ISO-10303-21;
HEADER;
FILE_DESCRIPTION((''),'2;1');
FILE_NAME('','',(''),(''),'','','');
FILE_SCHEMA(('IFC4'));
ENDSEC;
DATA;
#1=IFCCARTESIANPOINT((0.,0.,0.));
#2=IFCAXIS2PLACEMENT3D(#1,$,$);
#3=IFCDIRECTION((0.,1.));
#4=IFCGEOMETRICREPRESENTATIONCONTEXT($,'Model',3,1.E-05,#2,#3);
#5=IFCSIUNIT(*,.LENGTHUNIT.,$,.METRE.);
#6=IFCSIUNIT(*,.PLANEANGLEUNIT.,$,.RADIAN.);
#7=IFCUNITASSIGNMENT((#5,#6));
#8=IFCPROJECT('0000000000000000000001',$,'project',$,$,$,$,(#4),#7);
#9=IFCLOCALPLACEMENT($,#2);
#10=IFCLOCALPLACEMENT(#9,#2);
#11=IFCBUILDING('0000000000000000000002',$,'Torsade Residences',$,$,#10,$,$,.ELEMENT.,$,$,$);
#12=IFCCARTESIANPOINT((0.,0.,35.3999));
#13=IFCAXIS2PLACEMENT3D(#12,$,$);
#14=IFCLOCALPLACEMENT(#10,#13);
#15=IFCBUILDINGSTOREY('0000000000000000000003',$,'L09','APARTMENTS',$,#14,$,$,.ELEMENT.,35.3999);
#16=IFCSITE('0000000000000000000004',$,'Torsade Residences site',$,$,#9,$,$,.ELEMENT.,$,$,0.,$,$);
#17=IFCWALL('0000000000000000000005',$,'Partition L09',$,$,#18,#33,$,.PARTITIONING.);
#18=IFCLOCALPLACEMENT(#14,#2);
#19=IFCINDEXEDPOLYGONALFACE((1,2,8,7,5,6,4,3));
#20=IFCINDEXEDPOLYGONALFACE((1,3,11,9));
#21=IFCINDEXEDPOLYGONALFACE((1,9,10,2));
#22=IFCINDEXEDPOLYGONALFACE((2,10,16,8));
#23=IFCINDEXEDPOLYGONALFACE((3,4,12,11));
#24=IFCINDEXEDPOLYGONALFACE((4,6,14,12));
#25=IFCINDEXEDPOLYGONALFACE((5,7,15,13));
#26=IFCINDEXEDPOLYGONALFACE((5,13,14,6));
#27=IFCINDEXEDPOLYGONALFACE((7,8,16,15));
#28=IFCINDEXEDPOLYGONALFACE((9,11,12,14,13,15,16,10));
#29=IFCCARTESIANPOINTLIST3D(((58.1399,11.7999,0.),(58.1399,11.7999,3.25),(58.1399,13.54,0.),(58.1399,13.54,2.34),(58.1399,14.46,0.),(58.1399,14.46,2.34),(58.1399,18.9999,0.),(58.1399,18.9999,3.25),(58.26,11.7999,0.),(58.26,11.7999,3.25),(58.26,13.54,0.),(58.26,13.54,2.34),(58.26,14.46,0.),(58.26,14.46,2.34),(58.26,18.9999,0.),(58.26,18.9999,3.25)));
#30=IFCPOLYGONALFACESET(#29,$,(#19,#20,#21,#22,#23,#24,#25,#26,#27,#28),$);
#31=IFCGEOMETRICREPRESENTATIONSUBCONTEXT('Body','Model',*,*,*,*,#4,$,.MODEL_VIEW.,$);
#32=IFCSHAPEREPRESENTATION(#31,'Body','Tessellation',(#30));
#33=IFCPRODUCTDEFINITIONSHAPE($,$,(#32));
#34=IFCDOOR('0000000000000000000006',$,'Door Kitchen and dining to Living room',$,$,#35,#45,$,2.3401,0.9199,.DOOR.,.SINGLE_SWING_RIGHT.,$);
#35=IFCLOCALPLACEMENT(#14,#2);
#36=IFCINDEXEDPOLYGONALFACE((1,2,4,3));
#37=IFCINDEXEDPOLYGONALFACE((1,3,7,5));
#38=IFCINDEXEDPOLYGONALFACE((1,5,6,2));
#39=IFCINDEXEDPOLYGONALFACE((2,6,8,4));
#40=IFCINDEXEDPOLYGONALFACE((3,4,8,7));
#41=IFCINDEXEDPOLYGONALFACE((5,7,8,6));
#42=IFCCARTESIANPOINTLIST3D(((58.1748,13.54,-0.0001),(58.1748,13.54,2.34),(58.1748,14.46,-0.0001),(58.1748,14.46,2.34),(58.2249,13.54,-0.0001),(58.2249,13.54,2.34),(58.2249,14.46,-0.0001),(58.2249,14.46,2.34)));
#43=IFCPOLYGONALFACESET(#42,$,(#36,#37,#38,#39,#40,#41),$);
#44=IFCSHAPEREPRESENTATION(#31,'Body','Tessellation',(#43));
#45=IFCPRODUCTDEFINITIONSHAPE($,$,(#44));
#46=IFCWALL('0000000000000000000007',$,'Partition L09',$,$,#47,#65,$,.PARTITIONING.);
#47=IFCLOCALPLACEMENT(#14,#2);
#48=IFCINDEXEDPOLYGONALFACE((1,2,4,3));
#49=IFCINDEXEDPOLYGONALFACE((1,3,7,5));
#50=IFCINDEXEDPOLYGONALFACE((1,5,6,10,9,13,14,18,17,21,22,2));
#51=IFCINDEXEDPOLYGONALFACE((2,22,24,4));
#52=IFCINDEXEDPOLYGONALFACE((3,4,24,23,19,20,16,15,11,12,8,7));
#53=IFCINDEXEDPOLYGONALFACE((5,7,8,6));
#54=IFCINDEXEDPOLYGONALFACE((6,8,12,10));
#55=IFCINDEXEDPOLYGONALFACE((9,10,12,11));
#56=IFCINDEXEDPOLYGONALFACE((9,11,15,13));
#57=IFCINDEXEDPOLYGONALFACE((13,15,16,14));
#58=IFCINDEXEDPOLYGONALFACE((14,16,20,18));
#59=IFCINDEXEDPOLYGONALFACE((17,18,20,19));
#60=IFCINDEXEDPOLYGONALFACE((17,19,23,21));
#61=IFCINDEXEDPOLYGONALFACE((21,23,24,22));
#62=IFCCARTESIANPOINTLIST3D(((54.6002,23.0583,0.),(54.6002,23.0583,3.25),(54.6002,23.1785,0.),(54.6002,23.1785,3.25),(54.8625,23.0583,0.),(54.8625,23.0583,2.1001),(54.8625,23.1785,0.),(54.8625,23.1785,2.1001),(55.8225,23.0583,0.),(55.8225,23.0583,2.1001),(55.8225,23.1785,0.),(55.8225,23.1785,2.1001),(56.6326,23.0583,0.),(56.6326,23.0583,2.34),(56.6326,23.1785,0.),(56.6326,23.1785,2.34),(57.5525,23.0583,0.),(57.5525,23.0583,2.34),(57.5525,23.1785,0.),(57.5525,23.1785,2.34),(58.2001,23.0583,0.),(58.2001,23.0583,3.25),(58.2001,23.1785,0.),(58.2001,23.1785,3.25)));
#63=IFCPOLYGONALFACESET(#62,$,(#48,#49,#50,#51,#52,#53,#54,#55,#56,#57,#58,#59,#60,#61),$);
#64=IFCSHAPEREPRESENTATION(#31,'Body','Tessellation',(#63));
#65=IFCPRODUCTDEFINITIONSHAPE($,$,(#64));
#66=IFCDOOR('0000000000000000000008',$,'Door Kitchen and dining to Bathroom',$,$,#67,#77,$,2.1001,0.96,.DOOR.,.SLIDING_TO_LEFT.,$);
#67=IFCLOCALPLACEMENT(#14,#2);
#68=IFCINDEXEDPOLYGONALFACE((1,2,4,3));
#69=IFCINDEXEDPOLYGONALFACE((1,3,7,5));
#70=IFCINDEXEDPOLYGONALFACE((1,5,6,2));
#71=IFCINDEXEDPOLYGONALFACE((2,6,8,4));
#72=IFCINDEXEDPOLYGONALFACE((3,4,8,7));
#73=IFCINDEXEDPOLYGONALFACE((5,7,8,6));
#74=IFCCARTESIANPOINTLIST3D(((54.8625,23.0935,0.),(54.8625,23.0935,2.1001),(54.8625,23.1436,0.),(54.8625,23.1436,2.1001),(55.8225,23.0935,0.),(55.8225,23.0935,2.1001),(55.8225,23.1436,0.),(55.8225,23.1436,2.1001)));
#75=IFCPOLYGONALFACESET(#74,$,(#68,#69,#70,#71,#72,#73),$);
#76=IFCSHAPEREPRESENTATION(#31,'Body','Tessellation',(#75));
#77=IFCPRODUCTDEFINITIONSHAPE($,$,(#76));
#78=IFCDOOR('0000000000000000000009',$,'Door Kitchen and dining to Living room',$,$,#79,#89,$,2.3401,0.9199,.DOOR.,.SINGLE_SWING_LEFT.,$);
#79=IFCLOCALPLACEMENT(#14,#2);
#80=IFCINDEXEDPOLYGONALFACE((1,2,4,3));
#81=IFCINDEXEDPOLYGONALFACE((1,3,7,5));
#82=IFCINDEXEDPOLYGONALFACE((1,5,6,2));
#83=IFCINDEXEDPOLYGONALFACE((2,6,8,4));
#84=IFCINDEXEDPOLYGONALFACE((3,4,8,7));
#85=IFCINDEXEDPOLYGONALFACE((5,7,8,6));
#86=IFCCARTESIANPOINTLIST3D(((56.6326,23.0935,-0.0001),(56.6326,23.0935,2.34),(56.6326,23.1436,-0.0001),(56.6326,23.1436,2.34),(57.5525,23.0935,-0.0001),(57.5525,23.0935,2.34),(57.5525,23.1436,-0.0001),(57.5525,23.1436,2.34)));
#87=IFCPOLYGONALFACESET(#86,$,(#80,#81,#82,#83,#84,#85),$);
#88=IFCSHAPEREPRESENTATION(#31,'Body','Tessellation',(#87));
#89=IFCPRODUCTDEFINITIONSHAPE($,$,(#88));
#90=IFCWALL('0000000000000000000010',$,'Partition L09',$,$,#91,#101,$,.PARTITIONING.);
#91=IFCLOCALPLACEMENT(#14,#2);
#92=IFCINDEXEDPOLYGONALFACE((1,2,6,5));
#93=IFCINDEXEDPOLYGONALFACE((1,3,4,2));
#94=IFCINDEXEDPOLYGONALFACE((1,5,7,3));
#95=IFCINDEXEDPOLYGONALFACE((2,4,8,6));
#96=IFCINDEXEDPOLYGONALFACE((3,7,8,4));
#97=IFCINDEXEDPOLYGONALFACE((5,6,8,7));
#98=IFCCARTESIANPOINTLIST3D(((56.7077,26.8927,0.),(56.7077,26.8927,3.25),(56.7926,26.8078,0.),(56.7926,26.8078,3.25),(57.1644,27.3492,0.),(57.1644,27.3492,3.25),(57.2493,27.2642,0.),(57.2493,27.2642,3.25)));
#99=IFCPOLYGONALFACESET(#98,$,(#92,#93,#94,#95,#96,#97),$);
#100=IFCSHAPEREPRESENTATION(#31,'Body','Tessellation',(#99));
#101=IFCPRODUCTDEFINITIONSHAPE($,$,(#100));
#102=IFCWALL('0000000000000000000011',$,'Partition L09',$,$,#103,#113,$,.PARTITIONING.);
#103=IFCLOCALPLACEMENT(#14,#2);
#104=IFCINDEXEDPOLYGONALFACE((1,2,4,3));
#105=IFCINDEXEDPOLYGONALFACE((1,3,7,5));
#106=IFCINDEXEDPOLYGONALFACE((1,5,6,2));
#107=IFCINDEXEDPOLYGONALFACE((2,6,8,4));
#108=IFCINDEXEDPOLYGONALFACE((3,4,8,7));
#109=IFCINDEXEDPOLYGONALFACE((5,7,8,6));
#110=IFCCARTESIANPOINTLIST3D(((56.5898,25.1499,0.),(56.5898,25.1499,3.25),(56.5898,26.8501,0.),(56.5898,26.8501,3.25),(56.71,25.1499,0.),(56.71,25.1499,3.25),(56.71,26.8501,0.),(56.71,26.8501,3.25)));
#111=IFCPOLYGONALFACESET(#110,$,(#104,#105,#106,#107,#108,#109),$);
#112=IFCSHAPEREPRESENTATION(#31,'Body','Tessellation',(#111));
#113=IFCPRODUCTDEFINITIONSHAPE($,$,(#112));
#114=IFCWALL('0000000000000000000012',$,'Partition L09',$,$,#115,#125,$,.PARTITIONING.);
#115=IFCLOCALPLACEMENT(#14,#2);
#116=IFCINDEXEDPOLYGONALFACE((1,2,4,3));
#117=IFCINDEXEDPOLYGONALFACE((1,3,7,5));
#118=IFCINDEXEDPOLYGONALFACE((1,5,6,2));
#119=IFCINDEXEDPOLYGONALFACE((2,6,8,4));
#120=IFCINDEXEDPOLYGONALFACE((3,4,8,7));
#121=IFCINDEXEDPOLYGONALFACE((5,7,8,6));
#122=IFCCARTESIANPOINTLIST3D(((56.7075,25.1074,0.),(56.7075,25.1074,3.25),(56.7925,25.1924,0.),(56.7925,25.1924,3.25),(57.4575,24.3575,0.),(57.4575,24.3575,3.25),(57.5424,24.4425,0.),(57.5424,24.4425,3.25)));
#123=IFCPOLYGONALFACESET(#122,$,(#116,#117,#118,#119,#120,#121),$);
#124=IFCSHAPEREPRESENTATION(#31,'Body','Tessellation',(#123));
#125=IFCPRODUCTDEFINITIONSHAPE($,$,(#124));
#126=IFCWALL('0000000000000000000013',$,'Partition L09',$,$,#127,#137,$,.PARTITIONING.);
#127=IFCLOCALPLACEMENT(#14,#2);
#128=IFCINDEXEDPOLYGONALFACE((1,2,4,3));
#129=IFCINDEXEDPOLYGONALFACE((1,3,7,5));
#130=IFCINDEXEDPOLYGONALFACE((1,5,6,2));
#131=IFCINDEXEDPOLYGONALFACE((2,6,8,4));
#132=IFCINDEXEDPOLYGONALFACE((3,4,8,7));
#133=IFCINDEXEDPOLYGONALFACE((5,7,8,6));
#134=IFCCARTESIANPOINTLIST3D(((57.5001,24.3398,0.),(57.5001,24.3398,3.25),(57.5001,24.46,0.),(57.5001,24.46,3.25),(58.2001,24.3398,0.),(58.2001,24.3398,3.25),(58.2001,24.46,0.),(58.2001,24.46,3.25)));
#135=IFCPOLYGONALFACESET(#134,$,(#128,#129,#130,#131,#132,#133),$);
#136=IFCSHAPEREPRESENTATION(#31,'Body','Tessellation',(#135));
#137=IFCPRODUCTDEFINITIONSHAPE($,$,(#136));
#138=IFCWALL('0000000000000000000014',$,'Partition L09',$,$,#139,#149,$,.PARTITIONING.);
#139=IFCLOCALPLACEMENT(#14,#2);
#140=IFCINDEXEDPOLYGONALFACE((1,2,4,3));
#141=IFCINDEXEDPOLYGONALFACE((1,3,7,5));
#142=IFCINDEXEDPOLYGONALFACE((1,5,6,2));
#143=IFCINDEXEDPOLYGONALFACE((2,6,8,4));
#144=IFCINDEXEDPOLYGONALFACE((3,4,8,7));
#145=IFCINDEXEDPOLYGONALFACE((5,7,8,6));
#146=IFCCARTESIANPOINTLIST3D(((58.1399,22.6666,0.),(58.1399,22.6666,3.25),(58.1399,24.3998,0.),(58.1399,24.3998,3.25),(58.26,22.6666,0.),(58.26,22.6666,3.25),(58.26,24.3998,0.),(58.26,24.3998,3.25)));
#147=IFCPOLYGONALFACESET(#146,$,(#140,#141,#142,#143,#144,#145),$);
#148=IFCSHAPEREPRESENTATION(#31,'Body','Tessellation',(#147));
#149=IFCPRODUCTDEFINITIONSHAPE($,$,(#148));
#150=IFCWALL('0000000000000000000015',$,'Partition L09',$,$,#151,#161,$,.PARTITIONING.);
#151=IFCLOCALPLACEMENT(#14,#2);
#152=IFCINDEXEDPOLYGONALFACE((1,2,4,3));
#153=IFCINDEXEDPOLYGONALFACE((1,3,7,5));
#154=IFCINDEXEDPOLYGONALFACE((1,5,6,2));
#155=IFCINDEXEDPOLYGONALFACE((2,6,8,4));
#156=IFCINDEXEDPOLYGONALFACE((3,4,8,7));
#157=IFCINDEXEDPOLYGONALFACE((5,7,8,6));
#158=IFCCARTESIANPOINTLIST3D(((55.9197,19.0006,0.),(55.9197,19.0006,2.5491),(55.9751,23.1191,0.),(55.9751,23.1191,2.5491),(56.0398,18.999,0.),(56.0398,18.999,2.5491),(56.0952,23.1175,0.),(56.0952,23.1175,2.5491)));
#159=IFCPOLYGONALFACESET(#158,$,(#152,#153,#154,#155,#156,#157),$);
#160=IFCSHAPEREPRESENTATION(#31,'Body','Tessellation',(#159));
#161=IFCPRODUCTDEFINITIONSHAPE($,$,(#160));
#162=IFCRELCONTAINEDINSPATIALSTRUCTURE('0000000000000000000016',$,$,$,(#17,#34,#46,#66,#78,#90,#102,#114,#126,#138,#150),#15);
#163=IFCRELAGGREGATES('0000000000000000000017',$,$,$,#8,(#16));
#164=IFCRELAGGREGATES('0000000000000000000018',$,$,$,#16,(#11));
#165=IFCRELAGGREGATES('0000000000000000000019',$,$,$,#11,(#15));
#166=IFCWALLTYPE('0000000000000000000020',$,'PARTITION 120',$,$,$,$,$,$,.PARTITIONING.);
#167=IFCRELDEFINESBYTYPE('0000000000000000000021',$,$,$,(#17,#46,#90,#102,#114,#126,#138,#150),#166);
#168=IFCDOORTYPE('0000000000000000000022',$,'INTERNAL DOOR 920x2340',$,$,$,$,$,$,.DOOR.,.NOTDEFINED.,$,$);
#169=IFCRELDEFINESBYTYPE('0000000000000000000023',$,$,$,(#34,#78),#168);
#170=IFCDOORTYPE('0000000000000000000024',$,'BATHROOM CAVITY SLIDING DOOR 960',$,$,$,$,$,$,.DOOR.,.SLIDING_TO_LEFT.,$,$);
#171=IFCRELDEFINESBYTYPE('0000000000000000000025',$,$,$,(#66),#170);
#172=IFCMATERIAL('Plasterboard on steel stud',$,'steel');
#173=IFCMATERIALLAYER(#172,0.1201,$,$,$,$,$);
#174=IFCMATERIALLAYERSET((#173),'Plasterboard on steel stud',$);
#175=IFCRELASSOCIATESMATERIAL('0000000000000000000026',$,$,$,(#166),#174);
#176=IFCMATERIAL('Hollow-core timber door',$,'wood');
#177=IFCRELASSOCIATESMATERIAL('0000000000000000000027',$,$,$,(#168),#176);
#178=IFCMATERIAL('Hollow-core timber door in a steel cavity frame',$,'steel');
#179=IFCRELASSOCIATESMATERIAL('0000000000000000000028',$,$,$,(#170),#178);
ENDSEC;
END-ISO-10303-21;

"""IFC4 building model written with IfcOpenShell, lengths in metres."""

from ifc_helpers import new_model, si_unit, direction, frame, frame_2d, origin, place, context, subcontext, project, spatial, rectangle, extrude, material, layer, layer_set, type_object, element, fill, save


model = new_model("IFC4")

# Units and contexts
model_context = context("Model", 3, precision=1e-05, world=origin(), true_north=direction((0.0, 1.0)))
body_context = subcontext(model_context, "Body", "Model", "MODEL_VIEW")
ifc_project = project(units=[si_unit("LENGTHUNIT", "METRE"), si_unit("PLANEANGLEUNIT", "RADIAN")], contexts=[model_context])

# Site, building, storey
site_placement = place(None, origin())
site = spatial("IfcSite", under=ifc_project, at=site_placement, Name="Torsade Residences site", CompositionType="ELEMENT", RefElevation=0.0)
building_placement = place(site_placement, origin())
building = spatial("IfcBuilding", under=site, at=building_placement, Name="Torsade Residences", CompositionType="ELEMENT")
storey_placement = place(building_placement, frame((0.0, 0.0, 35.3999)))
storey = spatial("IfcBuildingStorey", under=building, at=storey_placement, Name="L09", Description="APARTMENTS", CompositionType="ELEMENT", Elevation=35.3999)

# Wall, opening, door
ifc_material_1 = material(Name="Plasterboard on steel stud", Category="steel")
ifc_layer_1 = layer(ifc_material_1, 0.1201)
ifc_layer_set_1 = layer_set([ifc_layer_1], Name="Plasterboard on steel stud")
wall_type_1 = type_object("IfcWallType", Name="PARTITION 120", PredefinedType="PARTITIONING", material=ifc_layer_set_1)
wall_1_placement = place(storey_placement, frame((58.2, 19.0, 0.0), z_axis=(0.0, 0.0, 1.0), x_axis=(0.0, -1.0, 0.0)))
wall_1 = element("IfcWall", 1, at=wall_1_placement, inside=storey, type_object=wall_type_1, Name="Partition L09", PredefinedType="PARTITIONING", context=body_context, shape_type="SweptSolid", body=[
    extrude(rectangle(XDim=7.2, YDim=0.1201, at=frame_2d((3.6001, 0.0))), origin(), (0.0, 0.0, 1.0), 3.25),
])
opening_1_placement = place(wall_1_placement, frame((4.54, 0.0, 0.0)))
opening_1 = element("IfcOpeningElement", 2, at=opening_1_placement, cuts=wall_1, PredefinedType="OPENING", context=body_context, shape_type="SweptSolid", body=[
    extrude(rectangle(XDim=0.9199, YDim=2.3401, at=frame_2d((0.46, 1.1699))), frame((0.0, 0.0701, 0.0), z_axis=(0.0, -1.0, 0.0), x_axis=(1.0, 0.0, 0.0)), (0.0, 0.0, 1.0), 0.1401),
])
ifc_material_2 = material(Name="Hollow-core timber door", Category="wood")
door_type_1 = type_object("IfcDoorType", Name="INTERNAL DOOR 920x2340", OperationType="NOTDEFINED", PredefinedType="DOOR", material=ifc_material_2)
door_1_placement = place(opening_1_placement, origin())
door_1 = element("IfcDoor", 3, at=door_1_placement, inside=storey, type_object=door_type_1, Name="Door Kitchen and dining to Living room", OperationType="SINGLE_SWING_RIGHT", OverallHeight=2.3401, OverallWidth=0.9199, PredefinedType="DOOR", context=body_context, shape_type="SweptSolid", body=[
    extrude(rectangle(XDim=0.9199, YDim=2.3401, at=frame_2d((0.46, 1.1699))), frame((0.0, 0.0249, 0.0), z_axis=(0.0, -1.0, 0.0), x_axis=(1.0, 0.0, 0.0)), (0.0, 0.0, 1.0), 0.05),
])
fill(opening_1, door_1)

# Wall, openings, doors
wall_2_placement = place(storey_placement, frame((58.2, 23.1184, 0.0), z_axis=(0.0, 0.0, 1.0), x_axis=(-1.0, 0.0, 0.0)))
wall_2 = element("IfcWall", 4, at=wall_2_placement, inside=storey, type_object=wall_type_1, Name="Partition L09", PredefinedType="PARTITIONING", context=body_context, shape_type="SweptSolid", body=[
    extrude(rectangle(XDim=3.5999, YDim=0.1201, at=frame_2d((1.7998, 0.0))), origin(), (0.0, 0.0, 1.0), 3.25),
])
opening_2_placement = place(wall_2_placement, frame((0.6475, 0.0, 0.0)))
opening_2 = element("IfcOpeningElement", 5, at=opening_2_placement, cuts=wall_2, PredefinedType="OPENING", context=body_context, shape_type="SweptSolid", body=[
    extrude(rectangle(XDim=0.9199, YDim=2.3401, at=frame_2d((0.46, 1.1699))), frame((0.0, 0.0701, 0.0), z_axis=(0.0, -1.0, 0.0), x_axis=(1.0, 0.0, 0.0)), (0.0, 0.0, 1.0), 0.1401),
])
opening_3_placement = place(wall_2_placement, frame((2.3774, 0.0, 0.0)))
opening_3 = element("IfcOpeningElement", 6, at=opening_3_placement, cuts=wall_2, PredefinedType="OPENING", context=body_context, shape_type="SweptSolid", body=[
    extrude(rectangle(XDim=0.96, YDim=2.1001, at=frame_2d((0.48, 1.05))), frame((0.0, 0.0701, 0.0), z_axis=(0.0, -1.0, 0.0), x_axis=(1.0, 0.0, 0.0)), (0.0, 0.0, 1.0), 0.1401),
])
ifc_material_3 = material(Name="Hollow-core timber door in a steel cavity frame", Category="steel")
door_type_2 = type_object("IfcDoorType", Name="BATHROOM CAVITY SLIDING DOOR 960", OperationType="SLIDING_TO_LEFT", PredefinedType="DOOR", material=ifc_material_3)
door_2_placement = place(opening_3_placement, origin())
door_2 = element("IfcDoor", 7, at=door_2_placement, inside=storey, type_object=door_type_2, Name="Door Kitchen and dining to Bathroom", OperationType="SLIDING_TO_LEFT", OverallHeight=2.1001, OverallWidth=0.96, PredefinedType="DOOR", context=body_context, shape_type="SweptSolid", body=[
    extrude(rectangle(XDim=0.96, YDim=2.1001, at=frame_2d((0.48, 1.05))), frame((0.0, 0.0249, 0.0), z_axis=(0.0, -1.0, 0.0), x_axis=(1.0, 0.0, 0.0)), (0.0, 0.0, 1.0), 0.05),
])
fill(opening_3, door_2)
door_3_placement = place(opening_2_placement, origin())
door_3 = element("IfcDoor", 8, at=door_3_placement, inside=storey, type_object=door_type_1, Name="Door Kitchen and dining to Living room", OperationType="SINGLE_SWING_LEFT", OverallHeight=2.3401, OverallWidth=0.9199, PredefinedType="DOOR", context=body_context, shape_type="SweptSolid", body=[
    extrude(rectangle(XDim=0.9199, YDim=2.3401, at=frame_2d((0.46, 1.1699))), frame((0.0, 0.0249, 0.0), z_axis=(0.0, -1.0, 0.0), x_axis=(1.0, 0.0, 0.0)), (0.0, 0.0, 1.0), 0.05),
])
fill(opening_2, door_3)

# Walls
wall_3_placement = place(storey_placement, frame((57.2068, 27.3066, 0.0), z_axis=(0.0, 0.0, 1.0), x_axis=(-0.707296, -0.706918, 0.0)))
element("IfcWall", 9, at=wall_3_placement, inside=storey, type_object=wall_type_1, Name="Partition L09", PredefinedType="PARTITIONING", context=body_context, shape_type="SweptSolid", body=[
    extrude(rectangle(XDim=0.6458, YDim=0.1201, at=frame_2d((0.3228, 0.0))), origin(), (0.0, 0.0, 1.0), 3.25),
])
wall_4_placement = place(storey_placement, frame((56.6499, 26.8501, 0.0), z_axis=(0.0, 0.0, 1.0), x_axis=(0.0, -1.0, 0.0)))
element("IfcWall", 10, at=wall_4_placement, inside=storey, type_object=wall_type_1, Name="Partition L09", PredefinedType="PARTITIONING", context=body_context, shape_type="SweptSolid", body=[
    extrude(rectangle(XDim=1.7002, YDim=0.1201, at=frame_2d((0.8501, 0.0))), origin(), (0.0, 0.0, 1.0), 3.25),
])
wall_5_placement = place(storey_placement, frame((56.75, 25.1499, 0.0), z_axis=(0.0, 0.0, 1.0), x_axis=(0.707107, -0.707107, 0.0)))
element("IfcWall", 11, at=wall_5_placement, inside=storey, type_object=wall_type_1, Name="Partition L09", PredefinedType="PARTITIONING", context=body_context, shape_type="SweptSolid", body=[
    extrude(rectangle(XDim=1.0605, YDim=0.1201, at=frame_2d((0.5303, 0.0))), origin(), (0.0, 0.0, 1.0), 3.25),
])
wall_6_placement = place(storey_placement, frame((57.5, 24.3999, 0.0), z_axis=(0.0, 0.0, 1.0), x_axis=(1.0, 0.0, 0.0)))
element("IfcWall", 12, at=wall_6_placement, inside=storey, type_object=wall_type_1, Name="Partition L09", PredefinedType="PARTITIONING", context=body_context, shape_type="SweptSolid", body=[
    extrude(rectangle(XDim=0.7, YDim=0.1201, at=frame_2d((0.3501, 0.0))), origin(), (0.0, 0.0, 1.0), 3.25),
])
wall_7_placement = place(storey_placement, frame((58.2, 24.3999, 0.0), z_axis=(0.0, 0.0, 1.0), x_axis=(0.0, -1.0, 0.0)))
element("IfcWall", 13, at=wall_7_placement, inside=storey, type_object=wall_type_1, Name="Partition L09", PredefinedType="PARTITIONING", context=body_context, shape_type="SweptSolid", body=[
    extrude(rectangle(XDim=1.7332, YDim=0.1201, at=frame_2d((0.8667, 0.0))), origin(), (0.0, 0.0, 1.0), 3.25),
])
wall_8_placement = place(storey_placement, frame((56.0352, 23.1184, 0.0), z_axis=(0.0, 0.0, 1.0), x_axis=(-0.013455, -0.999909, 0.0)))
element("IfcWall", 14, at=wall_8_placement, inside=storey, type_object=wall_type_1, Name="Partition L09", PredefinedType="PARTITIONING", context=body_context, shape_type="SweptSolid", body=[
    extrude(rectangle(XDim=4.1189, YDim=0.1201, at=frame_2d((2.0596, 0.0))), origin(), (0.0, 0.0, 1.0), 2.5491),
])

save(model, "model.ifc")
